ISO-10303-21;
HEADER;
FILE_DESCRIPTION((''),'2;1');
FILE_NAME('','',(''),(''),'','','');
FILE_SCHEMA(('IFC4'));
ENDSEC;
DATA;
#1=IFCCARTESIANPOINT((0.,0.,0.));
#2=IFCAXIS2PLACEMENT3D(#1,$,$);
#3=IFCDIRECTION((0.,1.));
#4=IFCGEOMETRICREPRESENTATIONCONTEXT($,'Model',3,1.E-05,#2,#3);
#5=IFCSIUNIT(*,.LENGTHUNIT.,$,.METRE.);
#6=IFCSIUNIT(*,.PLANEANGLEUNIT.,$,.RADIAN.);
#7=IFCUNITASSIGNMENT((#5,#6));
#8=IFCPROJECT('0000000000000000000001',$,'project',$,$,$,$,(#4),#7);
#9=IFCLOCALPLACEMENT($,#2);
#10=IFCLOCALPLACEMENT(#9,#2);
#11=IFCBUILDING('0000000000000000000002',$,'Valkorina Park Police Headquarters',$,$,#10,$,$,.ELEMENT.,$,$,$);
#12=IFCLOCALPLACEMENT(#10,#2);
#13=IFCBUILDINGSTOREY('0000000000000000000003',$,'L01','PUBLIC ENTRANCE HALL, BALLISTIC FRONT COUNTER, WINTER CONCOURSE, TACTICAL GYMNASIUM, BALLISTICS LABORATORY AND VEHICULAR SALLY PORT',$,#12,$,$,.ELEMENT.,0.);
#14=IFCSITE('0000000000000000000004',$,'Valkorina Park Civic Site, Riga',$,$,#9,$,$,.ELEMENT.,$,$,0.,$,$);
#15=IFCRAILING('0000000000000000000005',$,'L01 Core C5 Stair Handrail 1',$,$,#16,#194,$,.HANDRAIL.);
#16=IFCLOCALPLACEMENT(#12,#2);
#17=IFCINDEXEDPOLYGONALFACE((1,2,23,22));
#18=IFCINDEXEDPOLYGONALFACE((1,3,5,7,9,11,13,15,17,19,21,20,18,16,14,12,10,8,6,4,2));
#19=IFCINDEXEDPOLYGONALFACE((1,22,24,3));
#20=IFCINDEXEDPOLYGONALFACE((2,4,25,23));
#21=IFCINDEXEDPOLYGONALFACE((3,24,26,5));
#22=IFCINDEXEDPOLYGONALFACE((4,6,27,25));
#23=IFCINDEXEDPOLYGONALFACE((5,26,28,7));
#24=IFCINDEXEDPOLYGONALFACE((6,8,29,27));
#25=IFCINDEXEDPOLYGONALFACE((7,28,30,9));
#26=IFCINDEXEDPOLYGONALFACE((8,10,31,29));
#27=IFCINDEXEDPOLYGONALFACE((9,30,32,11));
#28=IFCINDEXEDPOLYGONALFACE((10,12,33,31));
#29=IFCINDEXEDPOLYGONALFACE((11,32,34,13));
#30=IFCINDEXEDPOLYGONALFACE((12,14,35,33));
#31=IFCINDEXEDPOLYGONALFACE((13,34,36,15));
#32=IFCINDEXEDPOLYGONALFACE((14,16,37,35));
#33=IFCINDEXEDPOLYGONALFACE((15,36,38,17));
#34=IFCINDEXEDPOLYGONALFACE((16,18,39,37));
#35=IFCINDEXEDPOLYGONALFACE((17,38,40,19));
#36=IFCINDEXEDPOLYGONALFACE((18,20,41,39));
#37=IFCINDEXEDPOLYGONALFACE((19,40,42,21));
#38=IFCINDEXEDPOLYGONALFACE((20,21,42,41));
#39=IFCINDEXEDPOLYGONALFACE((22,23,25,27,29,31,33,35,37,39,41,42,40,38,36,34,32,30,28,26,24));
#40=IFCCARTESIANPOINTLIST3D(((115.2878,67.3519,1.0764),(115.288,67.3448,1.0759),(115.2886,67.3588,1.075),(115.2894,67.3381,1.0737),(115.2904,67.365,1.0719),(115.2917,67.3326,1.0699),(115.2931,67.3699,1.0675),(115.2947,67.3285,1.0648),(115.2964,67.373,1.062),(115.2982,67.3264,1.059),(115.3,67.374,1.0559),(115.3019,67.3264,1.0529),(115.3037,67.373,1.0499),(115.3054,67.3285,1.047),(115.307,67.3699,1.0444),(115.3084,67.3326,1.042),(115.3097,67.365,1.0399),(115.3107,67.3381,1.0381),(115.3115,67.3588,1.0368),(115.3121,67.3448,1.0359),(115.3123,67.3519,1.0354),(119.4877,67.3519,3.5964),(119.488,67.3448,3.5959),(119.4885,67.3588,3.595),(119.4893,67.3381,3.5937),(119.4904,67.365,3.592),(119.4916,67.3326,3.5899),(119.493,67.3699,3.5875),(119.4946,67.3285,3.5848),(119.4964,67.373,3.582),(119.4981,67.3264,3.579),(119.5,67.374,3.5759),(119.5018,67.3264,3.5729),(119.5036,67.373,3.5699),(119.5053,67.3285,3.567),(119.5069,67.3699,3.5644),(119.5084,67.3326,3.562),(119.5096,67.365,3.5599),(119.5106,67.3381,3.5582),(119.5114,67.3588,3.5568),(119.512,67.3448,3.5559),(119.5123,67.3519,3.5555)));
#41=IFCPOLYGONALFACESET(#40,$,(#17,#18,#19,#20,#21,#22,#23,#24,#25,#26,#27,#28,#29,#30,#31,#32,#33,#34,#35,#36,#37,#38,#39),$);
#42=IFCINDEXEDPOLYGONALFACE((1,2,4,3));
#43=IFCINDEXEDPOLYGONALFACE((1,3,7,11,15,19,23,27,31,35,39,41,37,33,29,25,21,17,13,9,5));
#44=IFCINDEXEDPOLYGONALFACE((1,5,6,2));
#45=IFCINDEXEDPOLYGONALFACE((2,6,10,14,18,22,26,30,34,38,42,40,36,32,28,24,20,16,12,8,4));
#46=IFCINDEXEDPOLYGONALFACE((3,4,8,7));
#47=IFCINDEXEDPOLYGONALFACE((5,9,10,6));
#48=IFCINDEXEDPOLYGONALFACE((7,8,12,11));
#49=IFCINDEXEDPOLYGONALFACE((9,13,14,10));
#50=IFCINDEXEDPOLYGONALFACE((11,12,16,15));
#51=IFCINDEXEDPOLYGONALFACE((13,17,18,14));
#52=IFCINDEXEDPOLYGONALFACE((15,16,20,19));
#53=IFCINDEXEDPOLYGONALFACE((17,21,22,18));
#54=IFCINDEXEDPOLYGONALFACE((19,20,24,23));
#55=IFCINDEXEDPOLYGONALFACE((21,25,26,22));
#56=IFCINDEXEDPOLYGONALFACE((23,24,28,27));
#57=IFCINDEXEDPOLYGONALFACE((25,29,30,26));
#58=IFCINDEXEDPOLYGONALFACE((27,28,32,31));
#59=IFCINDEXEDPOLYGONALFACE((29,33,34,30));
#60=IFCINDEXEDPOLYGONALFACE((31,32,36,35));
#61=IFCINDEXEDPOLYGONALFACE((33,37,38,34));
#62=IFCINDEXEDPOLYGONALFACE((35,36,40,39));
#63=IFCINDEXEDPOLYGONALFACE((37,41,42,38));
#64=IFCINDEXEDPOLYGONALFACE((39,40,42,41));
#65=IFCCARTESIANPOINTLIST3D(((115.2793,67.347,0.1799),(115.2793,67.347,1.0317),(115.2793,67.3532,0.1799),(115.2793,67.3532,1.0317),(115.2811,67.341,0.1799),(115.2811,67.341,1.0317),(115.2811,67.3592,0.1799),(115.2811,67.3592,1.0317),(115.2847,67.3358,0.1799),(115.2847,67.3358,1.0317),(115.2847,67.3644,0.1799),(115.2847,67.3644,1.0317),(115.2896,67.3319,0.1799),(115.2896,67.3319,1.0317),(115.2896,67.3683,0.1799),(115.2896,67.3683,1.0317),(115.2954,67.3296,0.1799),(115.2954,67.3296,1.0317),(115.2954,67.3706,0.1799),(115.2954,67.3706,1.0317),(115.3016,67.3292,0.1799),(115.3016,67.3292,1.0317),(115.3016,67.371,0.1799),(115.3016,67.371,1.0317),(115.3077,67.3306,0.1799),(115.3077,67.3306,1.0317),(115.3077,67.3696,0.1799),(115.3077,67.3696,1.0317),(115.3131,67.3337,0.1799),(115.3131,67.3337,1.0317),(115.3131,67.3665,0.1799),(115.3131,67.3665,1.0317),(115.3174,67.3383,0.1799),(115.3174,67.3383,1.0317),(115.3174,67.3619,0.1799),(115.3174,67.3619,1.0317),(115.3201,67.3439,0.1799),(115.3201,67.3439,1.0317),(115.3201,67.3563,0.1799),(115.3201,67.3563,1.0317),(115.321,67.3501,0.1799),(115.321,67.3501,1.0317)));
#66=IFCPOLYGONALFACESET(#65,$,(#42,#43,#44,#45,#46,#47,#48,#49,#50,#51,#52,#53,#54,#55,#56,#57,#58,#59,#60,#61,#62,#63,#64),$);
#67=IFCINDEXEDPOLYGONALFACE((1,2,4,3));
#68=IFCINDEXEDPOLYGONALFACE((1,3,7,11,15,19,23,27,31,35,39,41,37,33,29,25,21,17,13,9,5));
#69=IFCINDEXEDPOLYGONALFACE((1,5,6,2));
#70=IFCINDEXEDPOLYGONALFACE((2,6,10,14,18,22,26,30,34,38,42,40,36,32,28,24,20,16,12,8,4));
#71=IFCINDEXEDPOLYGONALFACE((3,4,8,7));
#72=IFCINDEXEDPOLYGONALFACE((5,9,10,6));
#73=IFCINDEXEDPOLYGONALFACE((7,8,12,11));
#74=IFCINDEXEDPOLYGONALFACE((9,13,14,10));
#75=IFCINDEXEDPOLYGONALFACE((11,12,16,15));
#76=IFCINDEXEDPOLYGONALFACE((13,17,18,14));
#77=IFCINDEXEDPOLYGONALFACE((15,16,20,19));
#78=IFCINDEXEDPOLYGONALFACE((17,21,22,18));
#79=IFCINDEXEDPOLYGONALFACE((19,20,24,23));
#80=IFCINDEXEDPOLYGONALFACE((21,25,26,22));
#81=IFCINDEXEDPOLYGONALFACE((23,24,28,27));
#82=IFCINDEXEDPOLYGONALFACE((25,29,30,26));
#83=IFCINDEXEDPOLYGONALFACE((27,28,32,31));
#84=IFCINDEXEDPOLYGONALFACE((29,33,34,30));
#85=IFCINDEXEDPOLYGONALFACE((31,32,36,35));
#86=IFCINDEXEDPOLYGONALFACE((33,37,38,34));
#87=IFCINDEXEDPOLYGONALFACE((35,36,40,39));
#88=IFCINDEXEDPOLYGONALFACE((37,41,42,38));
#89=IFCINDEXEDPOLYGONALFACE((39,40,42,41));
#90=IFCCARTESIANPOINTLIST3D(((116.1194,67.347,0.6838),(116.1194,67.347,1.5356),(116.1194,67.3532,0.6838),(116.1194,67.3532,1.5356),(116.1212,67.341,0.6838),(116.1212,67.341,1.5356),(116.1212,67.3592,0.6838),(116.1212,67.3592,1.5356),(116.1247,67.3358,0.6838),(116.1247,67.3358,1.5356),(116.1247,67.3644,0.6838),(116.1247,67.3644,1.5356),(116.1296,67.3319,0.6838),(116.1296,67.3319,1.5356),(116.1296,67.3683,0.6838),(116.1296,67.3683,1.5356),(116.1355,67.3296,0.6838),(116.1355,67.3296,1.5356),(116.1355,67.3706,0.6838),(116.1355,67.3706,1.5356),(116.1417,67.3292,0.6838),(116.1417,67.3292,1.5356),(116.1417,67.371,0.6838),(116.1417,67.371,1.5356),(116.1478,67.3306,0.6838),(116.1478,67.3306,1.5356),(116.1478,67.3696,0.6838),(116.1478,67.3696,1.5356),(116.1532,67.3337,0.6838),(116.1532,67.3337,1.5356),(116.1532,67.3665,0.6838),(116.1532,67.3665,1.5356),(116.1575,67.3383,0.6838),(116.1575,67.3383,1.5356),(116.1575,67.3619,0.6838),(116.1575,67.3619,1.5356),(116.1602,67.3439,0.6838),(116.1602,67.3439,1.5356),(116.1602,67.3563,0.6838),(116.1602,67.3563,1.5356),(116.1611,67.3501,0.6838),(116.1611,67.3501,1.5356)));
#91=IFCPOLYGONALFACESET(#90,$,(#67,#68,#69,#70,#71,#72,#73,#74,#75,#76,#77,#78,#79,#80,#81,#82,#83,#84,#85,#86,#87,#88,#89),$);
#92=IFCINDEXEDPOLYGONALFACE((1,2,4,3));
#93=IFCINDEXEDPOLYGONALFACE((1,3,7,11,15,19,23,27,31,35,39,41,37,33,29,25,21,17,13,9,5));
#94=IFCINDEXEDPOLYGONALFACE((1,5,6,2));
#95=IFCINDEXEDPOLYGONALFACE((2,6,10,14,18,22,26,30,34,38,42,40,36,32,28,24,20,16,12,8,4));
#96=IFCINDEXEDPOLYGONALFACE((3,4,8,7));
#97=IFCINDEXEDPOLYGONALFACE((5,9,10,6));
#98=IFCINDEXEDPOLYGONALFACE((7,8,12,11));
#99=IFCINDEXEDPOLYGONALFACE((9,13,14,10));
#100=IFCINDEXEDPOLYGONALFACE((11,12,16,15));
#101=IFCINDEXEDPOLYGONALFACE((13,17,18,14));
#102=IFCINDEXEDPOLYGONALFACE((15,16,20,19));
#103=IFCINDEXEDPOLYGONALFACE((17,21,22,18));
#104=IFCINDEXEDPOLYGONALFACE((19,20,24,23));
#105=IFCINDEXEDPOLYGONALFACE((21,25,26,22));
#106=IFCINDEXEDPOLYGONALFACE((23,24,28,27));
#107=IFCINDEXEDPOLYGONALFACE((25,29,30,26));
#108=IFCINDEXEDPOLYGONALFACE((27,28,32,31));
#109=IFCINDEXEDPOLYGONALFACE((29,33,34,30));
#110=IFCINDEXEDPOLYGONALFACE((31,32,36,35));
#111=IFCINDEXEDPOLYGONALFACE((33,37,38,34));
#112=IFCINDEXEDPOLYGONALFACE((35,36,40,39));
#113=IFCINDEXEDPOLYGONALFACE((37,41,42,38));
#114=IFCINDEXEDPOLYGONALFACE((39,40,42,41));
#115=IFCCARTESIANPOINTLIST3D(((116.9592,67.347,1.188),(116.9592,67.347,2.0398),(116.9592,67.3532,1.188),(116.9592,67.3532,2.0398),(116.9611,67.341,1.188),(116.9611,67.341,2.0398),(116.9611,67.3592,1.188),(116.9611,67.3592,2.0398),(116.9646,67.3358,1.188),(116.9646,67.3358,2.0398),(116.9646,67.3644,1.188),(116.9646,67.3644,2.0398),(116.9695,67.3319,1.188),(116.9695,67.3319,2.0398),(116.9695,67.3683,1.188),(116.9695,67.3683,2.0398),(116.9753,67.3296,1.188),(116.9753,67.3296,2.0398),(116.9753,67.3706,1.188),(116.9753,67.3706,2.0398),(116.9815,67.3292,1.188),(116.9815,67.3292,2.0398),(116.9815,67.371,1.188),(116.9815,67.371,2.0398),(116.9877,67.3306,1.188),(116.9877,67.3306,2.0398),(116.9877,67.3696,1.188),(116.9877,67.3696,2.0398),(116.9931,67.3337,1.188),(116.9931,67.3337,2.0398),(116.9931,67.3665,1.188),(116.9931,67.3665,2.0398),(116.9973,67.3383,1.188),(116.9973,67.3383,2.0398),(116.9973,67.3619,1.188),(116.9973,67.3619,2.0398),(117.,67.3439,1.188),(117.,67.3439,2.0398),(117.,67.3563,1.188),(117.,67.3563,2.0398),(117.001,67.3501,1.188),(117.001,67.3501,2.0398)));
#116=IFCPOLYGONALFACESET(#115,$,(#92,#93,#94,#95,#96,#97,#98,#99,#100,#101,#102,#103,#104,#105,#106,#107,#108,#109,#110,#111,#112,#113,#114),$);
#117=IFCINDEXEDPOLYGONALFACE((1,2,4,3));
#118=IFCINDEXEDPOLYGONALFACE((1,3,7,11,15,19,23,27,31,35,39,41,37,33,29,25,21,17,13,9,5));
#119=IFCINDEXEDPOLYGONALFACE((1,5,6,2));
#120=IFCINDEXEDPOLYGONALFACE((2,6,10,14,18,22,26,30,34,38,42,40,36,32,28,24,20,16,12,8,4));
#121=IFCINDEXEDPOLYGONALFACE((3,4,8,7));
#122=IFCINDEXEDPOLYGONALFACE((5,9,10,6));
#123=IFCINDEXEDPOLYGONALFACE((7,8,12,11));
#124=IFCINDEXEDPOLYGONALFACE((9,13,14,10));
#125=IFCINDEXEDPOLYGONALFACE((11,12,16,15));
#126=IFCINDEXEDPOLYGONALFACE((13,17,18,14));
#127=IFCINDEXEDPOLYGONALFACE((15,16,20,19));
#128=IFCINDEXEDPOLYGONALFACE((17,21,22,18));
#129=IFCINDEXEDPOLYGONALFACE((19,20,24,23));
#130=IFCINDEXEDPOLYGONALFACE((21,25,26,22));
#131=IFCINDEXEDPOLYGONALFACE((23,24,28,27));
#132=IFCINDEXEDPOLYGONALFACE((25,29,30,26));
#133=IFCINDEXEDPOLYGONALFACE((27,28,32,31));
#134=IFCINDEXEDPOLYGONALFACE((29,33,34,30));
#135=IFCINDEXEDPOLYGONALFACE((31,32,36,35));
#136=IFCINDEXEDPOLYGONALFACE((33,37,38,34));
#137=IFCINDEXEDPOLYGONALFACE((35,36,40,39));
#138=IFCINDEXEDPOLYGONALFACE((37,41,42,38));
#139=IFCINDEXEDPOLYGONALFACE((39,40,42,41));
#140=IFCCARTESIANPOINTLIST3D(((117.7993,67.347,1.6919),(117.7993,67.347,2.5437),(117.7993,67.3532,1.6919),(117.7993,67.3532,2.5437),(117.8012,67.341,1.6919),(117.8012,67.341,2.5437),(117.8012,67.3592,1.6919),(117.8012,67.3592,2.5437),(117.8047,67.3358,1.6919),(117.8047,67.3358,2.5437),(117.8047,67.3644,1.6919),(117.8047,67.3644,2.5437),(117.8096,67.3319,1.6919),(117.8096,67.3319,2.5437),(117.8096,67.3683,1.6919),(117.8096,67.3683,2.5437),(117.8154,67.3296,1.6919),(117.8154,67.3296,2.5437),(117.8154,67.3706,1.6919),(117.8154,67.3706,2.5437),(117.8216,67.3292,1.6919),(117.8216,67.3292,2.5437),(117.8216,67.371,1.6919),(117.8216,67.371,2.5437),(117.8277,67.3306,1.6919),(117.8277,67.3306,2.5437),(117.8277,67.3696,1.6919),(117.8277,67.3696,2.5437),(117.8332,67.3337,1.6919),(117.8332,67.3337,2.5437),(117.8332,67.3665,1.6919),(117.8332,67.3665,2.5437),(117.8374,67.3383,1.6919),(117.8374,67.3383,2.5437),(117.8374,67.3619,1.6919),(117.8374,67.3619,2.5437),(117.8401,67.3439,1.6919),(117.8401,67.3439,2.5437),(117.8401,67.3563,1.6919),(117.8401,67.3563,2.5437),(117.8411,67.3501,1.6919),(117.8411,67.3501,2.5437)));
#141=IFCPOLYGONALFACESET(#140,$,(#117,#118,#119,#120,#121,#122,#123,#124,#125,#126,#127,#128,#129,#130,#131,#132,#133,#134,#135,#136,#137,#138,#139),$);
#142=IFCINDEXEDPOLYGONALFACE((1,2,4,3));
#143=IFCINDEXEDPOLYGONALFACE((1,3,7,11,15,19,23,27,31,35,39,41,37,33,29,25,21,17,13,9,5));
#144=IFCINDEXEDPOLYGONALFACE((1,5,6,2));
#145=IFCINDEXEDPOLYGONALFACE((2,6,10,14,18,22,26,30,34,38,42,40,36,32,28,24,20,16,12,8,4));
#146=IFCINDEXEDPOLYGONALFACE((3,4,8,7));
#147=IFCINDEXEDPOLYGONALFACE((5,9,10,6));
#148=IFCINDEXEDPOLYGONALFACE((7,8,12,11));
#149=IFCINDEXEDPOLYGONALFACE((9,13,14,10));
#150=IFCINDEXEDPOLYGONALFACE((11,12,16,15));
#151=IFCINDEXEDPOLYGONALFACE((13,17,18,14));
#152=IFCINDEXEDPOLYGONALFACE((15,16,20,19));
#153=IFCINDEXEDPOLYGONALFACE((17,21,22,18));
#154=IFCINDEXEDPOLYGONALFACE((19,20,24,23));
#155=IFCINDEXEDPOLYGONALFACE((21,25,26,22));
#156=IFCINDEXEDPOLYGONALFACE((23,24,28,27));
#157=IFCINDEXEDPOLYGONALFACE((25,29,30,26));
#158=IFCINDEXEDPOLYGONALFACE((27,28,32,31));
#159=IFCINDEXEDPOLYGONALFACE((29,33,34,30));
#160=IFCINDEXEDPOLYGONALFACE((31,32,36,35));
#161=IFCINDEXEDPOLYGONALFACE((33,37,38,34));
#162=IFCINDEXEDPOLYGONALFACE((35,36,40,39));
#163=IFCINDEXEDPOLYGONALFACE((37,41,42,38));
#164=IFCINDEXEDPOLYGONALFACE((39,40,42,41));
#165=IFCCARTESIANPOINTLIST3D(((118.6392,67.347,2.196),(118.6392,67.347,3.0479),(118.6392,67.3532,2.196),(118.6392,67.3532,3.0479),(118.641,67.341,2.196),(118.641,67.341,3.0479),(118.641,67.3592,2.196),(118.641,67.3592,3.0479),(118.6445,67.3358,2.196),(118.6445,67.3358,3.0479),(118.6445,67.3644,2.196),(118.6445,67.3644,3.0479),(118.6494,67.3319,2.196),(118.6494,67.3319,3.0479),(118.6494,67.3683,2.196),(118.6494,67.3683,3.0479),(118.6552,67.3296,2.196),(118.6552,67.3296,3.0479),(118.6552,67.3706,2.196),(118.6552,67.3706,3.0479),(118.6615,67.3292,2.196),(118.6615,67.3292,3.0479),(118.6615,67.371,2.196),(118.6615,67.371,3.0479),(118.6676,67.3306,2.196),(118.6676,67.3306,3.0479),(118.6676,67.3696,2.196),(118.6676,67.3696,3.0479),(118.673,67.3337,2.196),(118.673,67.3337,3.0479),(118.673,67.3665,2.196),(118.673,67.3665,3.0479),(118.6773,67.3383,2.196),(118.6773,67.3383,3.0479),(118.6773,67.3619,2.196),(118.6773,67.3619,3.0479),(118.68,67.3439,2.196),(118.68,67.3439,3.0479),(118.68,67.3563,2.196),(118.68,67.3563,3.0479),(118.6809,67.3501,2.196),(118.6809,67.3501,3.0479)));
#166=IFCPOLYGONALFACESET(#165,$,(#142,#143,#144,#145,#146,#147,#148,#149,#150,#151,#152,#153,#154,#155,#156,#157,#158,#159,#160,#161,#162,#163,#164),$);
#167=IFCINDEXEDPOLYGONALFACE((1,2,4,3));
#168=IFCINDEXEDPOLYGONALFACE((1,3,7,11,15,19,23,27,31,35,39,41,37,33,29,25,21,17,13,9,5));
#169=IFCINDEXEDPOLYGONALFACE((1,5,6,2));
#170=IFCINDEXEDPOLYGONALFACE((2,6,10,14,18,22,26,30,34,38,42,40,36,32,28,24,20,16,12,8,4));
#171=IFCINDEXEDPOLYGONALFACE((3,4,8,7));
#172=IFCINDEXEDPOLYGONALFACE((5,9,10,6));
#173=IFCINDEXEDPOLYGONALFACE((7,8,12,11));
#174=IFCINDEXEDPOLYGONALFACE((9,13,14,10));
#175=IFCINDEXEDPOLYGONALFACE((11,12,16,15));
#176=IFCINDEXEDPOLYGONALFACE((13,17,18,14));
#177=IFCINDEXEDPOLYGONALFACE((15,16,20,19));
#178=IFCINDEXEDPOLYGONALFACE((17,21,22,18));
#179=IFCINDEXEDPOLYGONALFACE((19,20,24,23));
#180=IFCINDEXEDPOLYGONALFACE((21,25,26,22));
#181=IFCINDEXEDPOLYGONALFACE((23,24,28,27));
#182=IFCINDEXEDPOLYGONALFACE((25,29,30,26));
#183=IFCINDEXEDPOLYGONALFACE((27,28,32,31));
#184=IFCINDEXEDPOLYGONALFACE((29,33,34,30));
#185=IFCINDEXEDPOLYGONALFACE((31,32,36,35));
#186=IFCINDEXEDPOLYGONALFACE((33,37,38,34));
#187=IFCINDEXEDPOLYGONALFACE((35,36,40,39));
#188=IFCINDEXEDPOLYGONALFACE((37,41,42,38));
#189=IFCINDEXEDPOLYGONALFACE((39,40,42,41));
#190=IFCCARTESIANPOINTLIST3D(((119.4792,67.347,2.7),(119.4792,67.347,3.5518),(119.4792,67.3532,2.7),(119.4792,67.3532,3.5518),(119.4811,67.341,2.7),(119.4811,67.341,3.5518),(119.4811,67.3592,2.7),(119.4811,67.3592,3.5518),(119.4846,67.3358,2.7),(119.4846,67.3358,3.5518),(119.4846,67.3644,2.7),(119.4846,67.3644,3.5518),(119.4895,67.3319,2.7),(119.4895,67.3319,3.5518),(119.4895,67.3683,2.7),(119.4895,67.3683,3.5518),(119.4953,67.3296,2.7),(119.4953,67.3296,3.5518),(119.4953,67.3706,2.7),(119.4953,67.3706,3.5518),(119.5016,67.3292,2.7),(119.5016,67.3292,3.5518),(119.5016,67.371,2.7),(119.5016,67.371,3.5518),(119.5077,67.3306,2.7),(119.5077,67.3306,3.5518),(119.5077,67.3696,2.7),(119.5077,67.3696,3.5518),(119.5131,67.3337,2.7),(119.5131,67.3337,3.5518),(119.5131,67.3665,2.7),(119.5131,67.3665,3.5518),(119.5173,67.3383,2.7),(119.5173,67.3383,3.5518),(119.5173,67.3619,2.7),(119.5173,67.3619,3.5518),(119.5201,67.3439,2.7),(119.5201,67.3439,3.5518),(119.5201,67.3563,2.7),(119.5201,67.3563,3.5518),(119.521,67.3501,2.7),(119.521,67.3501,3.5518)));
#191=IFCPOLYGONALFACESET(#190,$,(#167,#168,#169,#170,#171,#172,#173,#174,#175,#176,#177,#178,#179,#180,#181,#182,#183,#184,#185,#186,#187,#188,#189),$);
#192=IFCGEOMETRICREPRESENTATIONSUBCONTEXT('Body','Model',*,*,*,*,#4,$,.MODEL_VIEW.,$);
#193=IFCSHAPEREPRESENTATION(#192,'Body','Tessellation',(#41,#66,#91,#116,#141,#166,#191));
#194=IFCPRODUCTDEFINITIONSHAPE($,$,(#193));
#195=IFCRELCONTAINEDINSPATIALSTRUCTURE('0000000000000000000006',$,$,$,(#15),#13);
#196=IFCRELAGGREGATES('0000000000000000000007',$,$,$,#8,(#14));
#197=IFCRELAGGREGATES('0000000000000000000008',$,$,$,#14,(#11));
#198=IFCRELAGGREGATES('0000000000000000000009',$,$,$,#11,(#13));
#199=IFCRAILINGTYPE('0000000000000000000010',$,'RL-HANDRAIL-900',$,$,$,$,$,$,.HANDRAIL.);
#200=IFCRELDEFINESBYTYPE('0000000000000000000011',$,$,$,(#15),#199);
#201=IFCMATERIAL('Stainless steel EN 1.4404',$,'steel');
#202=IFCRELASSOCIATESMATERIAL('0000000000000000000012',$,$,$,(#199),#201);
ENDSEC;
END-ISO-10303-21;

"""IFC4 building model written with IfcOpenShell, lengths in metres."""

from ifc_helpers import new_model, si_unit, direction, frame, origin, origin_2d, place, context, subcontext, project, spatial, circle, extrude, material, type_object, element, save


model = new_model("IFC4")

# Units and contexts
model_context = context("Model", 3, precision=1e-05, world=origin(), true_north=direction((0.0, 1.0)))
body_context = subcontext(model_context, "Body", "Model", "MODEL_VIEW")
ifc_project = project(units=[si_unit("LENGTHUNIT", "METRE"), si_unit("PLANEANGLEUNIT", "RADIAN")], contexts=[model_context])

# Site, building, storey
site_placement = place(None, origin())
site = spatial("IfcSite", under=ifc_project, at=site_placement, Name="Valkorina Park Civic Site, Riga", CompositionType="ELEMENT", RefElevation=0.0)
building_placement = place(site_placement, origin())
building = spatial("IfcBuilding", under=site, at=building_placement, Name="Valkorina Park Police Headquarters", CompositionType="ELEMENT")
storey_placement = place(building_placement, origin())
storey = spatial("IfcBuildingStorey", under=building, at=storey_placement, Name="L01", Description="PUBLIC ENTRANCE HALL, BALLISTIC FRONT COUNTER, WINTER CONCOURSE, TACTICAL GYMNASIUM, BALLISTICS LABORATORY AND VEHICULAR SALLY PORT", CompositionType="ELEMENT", Elevation=0.0)

# Railing
ifc_material_1 = material(Name="Stainless steel EN 1.4404", Category="steel")
railing_type_1 = type_object("IfcRailingType", Name="RL-HANDRAIL-900", PredefinedType="HANDRAIL", material=ifc_material_1)
railing_1_placement = place(storey_placement, frame((115.3, 67.3501, 0.1799)))
element("IfcRailing", 1, at=railing_1_placement, inside=storey, type_object=railing_type_1, Name="L01 Core C5 Stair Handrail 1", PredefinedType="HANDRAIL", context=body_context, shape_type="SweptSolid", body=[
    extrude(circle(Radius=0.0239, at=origin_2d()), frame((0.0, 0.0, 0.876), z_axis=(0.857489, 0.0, 0.514503), x_axis=(0.0, 1.0, 0.0)), (0.0, 0.0, 1.0), 4.8979),
    extrude(circle(Radius=0.021, at=origin_2d()), origin(), (0.0, 0.0, 1.0), 0.8518),
    extrude(circle(Radius=0.021, at=origin_2d()), frame((0.8401, 0.0, 0.5039)), (0.0, 0.0, 1.0), 0.8518),
    extrude(circle(Radius=0.021, at=origin_2d()), frame((1.6799, 0.0, 1.0081)), (0.0, 0.0, 1.0), 0.8518),
    extrude(circle(Radius=0.021, at=origin_2d()), frame((2.52, 0.0, 1.512)), (0.0, 0.0, 1.0), 0.8518),
    extrude(circle(Radius=0.021, at=origin_2d()), frame((3.3599, 0.0, 2.0161)), (0.0, 0.0, 1.0), 0.8518),
    extrude(circle(Radius=0.021, at=origin_2d()), frame((4.2, 0.0, 2.52)), (0.0, 0.0, 1.0), 0.8518),
])

save(model, "model.ifc")
